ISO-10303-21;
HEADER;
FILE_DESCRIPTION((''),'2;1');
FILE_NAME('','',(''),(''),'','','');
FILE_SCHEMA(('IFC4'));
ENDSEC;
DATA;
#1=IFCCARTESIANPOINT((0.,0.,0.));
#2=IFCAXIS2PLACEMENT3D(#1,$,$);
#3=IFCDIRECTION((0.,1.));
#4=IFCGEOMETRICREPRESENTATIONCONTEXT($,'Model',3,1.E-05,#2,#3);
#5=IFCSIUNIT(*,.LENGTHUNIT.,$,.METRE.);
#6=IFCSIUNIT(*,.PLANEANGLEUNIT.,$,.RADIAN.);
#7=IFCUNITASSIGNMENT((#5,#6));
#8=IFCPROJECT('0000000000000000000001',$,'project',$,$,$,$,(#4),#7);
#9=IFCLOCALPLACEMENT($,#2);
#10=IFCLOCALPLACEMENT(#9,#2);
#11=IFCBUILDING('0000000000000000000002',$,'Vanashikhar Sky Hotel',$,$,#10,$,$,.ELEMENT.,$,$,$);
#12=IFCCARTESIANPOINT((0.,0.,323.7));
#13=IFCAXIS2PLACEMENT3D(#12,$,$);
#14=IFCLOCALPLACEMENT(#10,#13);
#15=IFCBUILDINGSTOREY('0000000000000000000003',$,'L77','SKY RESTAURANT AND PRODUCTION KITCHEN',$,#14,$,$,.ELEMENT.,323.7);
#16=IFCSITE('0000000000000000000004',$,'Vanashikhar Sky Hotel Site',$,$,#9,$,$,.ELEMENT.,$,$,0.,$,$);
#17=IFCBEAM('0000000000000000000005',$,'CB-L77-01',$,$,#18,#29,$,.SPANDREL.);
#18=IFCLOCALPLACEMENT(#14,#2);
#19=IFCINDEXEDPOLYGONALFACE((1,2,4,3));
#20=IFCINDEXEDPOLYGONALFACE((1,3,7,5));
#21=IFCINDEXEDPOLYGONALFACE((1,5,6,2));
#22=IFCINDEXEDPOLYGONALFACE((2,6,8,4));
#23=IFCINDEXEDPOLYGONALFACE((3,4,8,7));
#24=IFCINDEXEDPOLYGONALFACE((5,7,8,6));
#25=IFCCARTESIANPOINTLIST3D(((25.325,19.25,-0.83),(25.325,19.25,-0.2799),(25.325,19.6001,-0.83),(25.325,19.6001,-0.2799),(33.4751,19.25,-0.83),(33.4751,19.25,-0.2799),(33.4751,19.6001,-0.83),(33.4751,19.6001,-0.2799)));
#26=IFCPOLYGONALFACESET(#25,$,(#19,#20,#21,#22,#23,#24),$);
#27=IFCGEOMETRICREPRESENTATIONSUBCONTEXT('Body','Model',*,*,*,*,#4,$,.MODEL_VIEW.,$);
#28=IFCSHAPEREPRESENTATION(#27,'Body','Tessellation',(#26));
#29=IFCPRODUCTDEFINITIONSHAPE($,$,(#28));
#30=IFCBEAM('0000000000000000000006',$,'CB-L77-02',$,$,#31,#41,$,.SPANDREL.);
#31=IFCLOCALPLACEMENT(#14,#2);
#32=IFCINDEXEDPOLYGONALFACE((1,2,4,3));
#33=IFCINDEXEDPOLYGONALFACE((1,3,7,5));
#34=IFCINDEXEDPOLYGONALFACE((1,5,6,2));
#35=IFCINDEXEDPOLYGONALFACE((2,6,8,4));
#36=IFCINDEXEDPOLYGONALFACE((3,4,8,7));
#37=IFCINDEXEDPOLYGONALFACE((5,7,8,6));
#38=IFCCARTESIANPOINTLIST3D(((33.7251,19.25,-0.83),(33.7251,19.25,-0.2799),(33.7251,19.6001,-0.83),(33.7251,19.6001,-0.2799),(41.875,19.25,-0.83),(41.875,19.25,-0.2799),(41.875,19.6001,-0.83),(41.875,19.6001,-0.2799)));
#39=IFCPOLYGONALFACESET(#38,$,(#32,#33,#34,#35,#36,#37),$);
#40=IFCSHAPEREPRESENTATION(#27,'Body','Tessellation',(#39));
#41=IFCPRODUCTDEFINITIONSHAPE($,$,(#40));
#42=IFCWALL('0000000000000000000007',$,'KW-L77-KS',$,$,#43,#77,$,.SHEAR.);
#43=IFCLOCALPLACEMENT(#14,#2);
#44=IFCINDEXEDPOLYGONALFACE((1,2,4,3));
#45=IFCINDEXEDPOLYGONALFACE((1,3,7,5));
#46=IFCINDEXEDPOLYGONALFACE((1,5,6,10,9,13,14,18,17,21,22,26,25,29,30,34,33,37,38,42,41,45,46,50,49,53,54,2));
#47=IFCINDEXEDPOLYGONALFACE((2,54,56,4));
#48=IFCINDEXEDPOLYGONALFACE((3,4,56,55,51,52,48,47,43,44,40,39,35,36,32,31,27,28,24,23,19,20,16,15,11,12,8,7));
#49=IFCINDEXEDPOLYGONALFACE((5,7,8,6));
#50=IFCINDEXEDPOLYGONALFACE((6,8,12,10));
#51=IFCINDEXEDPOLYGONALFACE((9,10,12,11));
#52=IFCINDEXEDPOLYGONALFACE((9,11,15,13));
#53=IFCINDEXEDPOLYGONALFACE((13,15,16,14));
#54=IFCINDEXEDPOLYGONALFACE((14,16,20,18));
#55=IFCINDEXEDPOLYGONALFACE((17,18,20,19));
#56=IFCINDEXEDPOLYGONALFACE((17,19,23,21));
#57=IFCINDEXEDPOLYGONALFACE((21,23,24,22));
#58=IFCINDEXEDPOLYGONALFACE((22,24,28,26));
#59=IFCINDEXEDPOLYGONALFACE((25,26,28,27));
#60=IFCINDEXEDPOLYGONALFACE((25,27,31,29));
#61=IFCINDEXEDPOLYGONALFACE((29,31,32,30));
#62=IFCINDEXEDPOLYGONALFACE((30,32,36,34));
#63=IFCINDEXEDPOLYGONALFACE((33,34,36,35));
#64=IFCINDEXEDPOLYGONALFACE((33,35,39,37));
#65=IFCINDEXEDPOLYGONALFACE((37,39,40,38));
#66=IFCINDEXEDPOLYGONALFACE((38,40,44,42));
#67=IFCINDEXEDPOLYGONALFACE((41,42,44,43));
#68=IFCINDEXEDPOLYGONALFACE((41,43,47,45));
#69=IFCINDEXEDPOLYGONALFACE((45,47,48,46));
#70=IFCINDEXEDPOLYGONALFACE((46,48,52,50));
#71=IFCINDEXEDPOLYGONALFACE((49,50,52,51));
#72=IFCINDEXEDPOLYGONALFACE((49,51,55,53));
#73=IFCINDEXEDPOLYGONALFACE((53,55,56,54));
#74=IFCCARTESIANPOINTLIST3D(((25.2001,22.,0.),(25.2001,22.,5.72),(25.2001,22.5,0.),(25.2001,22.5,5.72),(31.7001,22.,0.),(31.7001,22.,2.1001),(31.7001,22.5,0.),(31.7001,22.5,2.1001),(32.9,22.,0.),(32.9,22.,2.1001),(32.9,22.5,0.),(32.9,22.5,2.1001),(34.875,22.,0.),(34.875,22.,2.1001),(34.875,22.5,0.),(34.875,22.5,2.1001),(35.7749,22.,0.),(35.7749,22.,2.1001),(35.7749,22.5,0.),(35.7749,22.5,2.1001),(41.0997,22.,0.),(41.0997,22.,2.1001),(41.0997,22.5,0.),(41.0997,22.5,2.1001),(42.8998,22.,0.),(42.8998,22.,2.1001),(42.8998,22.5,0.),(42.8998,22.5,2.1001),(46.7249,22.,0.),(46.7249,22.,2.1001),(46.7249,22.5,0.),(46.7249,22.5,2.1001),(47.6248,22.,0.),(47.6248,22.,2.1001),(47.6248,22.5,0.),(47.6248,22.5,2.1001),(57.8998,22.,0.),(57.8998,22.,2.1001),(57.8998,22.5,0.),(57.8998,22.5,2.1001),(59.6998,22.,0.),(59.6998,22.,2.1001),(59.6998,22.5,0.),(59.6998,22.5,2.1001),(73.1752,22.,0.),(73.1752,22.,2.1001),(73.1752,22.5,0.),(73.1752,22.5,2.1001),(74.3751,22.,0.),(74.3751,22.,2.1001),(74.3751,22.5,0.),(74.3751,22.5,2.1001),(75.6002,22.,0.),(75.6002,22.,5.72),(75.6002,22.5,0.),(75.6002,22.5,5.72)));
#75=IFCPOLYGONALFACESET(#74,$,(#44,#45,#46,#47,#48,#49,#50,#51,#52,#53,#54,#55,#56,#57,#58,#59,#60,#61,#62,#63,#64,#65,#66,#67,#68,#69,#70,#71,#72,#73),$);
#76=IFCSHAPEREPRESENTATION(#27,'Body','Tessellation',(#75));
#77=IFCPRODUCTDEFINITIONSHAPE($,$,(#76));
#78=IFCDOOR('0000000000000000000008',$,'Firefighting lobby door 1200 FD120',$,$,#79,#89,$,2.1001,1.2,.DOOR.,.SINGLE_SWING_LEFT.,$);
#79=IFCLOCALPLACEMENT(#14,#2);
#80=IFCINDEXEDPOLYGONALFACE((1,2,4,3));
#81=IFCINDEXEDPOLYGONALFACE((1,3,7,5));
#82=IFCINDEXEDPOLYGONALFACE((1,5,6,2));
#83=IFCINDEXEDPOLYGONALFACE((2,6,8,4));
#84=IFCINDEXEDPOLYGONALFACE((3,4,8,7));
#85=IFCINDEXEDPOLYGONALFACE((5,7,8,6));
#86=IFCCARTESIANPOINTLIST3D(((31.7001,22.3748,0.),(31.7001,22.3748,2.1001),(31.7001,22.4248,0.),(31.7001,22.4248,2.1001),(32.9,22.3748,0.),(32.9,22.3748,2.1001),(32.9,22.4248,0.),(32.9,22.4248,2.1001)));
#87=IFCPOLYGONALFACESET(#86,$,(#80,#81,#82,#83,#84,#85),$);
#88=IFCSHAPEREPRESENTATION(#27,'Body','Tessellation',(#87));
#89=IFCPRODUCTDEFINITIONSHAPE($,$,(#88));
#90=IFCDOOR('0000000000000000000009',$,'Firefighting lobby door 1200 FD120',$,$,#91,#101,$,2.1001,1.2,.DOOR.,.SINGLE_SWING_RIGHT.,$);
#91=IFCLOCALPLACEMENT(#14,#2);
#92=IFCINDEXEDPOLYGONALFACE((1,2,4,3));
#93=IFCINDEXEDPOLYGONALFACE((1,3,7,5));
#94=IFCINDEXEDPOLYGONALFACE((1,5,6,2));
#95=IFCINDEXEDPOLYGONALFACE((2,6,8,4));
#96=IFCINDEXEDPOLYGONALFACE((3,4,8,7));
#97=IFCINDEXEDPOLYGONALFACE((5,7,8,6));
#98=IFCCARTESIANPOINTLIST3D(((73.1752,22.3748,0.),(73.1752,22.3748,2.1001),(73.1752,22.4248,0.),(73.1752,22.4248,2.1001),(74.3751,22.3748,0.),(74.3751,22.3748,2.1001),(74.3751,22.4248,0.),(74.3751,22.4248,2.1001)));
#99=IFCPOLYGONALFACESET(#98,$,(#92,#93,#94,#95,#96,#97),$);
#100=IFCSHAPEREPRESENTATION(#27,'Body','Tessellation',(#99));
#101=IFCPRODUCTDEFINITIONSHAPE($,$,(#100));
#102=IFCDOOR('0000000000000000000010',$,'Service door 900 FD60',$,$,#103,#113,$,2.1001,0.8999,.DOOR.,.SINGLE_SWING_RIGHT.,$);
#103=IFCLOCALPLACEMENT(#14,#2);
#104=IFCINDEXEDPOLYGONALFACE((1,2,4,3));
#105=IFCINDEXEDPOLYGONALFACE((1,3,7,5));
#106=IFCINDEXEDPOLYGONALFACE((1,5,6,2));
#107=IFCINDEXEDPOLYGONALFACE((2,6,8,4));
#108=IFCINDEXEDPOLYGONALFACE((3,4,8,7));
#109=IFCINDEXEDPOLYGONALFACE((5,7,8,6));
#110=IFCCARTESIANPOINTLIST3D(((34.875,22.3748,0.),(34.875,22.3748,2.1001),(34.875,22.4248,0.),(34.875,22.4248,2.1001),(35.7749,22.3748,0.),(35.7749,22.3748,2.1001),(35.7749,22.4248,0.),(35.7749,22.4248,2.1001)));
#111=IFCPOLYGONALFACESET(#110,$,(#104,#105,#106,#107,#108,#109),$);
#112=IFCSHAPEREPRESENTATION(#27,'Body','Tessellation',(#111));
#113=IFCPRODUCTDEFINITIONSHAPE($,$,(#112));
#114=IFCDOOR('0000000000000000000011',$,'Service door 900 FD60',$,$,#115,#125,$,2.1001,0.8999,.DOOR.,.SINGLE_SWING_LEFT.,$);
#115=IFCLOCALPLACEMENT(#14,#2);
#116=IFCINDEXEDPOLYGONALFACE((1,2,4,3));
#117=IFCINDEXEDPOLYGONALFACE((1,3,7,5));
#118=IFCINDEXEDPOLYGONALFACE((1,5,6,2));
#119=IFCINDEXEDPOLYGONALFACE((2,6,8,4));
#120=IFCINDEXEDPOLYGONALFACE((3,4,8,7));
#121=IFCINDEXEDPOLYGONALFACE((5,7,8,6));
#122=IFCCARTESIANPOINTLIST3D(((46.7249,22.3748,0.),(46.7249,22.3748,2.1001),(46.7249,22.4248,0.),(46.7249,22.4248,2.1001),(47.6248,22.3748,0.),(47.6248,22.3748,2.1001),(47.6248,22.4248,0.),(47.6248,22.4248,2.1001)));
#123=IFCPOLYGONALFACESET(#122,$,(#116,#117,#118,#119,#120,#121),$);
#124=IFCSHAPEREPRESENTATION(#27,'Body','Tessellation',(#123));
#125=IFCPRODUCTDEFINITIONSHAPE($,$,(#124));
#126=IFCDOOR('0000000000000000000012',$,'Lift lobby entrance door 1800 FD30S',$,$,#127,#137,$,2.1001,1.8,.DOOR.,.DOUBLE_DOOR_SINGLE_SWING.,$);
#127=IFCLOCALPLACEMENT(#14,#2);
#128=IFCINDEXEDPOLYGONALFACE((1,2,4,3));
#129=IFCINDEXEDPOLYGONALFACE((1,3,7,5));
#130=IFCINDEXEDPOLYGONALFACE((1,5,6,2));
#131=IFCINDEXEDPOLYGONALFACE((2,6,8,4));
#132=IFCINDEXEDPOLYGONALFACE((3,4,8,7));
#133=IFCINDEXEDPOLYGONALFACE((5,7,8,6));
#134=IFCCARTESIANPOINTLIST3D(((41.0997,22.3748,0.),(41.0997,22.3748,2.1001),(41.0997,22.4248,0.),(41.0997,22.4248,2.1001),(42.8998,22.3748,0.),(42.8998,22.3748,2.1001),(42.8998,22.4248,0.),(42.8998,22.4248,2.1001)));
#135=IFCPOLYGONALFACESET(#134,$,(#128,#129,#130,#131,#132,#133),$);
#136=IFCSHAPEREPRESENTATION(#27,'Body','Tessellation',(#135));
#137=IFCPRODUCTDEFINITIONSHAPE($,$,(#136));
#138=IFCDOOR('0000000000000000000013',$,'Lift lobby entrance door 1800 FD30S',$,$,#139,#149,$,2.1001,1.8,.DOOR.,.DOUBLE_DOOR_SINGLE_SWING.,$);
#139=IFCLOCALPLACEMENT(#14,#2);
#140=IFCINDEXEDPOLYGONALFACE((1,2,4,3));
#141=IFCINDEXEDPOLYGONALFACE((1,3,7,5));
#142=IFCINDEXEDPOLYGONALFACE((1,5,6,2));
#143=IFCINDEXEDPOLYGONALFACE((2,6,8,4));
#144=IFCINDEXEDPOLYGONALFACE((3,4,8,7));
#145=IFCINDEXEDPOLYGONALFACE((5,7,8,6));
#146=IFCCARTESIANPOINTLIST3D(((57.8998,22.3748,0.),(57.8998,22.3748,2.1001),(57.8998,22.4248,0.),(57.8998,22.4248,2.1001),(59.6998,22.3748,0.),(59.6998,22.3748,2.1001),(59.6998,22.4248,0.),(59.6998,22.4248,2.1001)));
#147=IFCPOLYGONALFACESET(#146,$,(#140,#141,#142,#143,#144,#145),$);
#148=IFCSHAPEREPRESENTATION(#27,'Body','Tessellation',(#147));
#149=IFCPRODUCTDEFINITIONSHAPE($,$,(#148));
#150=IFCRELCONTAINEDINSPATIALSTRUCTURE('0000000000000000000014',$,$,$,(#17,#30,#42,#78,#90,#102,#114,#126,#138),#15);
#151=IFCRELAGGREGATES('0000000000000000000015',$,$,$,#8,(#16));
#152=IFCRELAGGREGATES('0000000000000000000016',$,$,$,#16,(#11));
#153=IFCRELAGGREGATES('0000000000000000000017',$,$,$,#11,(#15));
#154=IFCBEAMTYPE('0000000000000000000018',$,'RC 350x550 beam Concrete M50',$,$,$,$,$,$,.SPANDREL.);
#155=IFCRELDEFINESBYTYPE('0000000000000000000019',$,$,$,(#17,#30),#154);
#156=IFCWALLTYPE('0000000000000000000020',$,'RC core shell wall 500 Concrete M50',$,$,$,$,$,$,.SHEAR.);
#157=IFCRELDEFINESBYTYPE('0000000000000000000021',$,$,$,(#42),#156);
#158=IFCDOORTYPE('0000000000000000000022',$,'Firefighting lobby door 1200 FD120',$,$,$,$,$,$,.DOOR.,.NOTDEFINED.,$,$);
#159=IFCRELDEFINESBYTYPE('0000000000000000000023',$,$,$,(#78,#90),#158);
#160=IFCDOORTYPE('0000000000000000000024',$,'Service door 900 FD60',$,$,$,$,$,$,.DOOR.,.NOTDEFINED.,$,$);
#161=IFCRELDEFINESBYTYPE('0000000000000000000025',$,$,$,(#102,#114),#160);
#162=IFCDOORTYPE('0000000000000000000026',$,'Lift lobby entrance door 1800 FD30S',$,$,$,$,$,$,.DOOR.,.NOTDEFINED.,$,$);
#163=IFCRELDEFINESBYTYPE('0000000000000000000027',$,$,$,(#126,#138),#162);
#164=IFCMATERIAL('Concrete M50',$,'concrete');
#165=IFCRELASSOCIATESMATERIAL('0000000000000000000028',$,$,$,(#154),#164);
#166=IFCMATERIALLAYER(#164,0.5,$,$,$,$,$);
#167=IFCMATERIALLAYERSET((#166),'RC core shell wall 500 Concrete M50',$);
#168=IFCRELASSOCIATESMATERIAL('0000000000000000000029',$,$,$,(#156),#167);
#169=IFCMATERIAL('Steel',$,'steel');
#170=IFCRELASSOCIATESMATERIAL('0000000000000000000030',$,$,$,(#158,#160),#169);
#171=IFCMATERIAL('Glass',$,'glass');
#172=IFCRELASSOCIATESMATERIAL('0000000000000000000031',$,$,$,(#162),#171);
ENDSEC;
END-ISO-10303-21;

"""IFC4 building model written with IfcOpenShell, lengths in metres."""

from ifc_helpers import new_model, si_unit, direction, frame, frame_2d, origin, origin_2d, place, context, subcontext, project, spatial, rectangle, extrude, source, transform, mapped, material, layer, layer_set, material_profile, profile_set, type_object, element, fill, save


model = new_model("IFC4")

# Units and contexts
model_context = context("Model", 3, precision=1e-05, world=origin(), true_north=direction((0.0, 1.0)))
body_context = subcontext(model_context, "Body", "Model", "MODEL_VIEW")
ifc_project = project(units=[si_unit("LENGTHUNIT", "METRE"), si_unit("PLANEANGLEUNIT", "RADIAN")], contexts=[model_context])

# Site, building, storey
site_placement = place(None, origin())
site = spatial("IfcSite", under=ifc_project, at=site_placement, Name="Vanashikhar Sky Hotel Site", CompositionType="ELEMENT", RefElevation=0.0)
building_placement = place(site_placement, origin())
building = spatial("IfcBuilding", under=site, at=building_placement, Name="Vanashikhar Sky Hotel", CompositionType="ELEMENT")
storey_placement = place(building_placement, frame((0.0, 0.0, 323.7)))
storey = spatial("IfcBuildingStorey", under=building, at=storey_placement, Name="L77", Description="SKY RESTAURANT AND PRODUCTION KITCHEN", CompositionType="ELEMENT", Elevation=323.7)

# Beams
ifc_material_1 = material(Name="Concrete M50", Category="concrete")
ifc_material_profile = material_profile(ifc_material_1, rectangle(XDim=0.3501, YDim=0.55, at=origin_2d()))
ifc_profile_set = profile_set([ifc_material_profile], Name="RC 350x550 beam Concrete M50")
beam_type = type_object("IfcBeamType", Name="RC 350x550 beam Concrete M50", PredefinedType="SPANDREL", material=ifc_profile_set)
shared_shape_1 = source(origin(), body_context, "Body", "SweptSolid", [
    extrude(rectangle(XDim=0.3501, YDim=0.55, at=origin_2d()), origin(), (0.0, 0.0, 1.0), 8.1501),
])
beam_1_placement = place(storey_placement, frame((25.325, 19.425, -0.5549), z_axis=(1.0, 0.0, 0.0), x_axis=(0.0, 1.0, 0.0)))
element("IfcBeam", 1, at=beam_1_placement, inside=storey, type_object=beam_type, Name="CB-L77-01", PredefinedType="SPANDREL", context=body_context, shape_type="MappedRepresentation", body=[
    mapped(shared_shape_1, transform((0.0, 0.0, 0.0), scale=1.0)),
])
shared_shape_2 = source(origin(), body_context, "Body", "SweptSolid", [
    extrude(rectangle(XDim=0.3501, YDim=0.55, at=origin_2d()), origin(), (0.0, 0.0, 1.0), 8.1499),
])
beam_2_placement = place(storey_placement, frame((33.7251, 19.425, -0.5549), z_axis=(1.0, 0.0, 0.0), x_axis=(0.0, 1.0, 0.0)))
element("IfcBeam", 2, at=beam_2_placement, inside=storey, type_object=beam_type, Name="CB-L77-02", PredefinedType="SPANDREL", context=body_context, shape_type="MappedRepresentation", body=[
    mapped(shared_shape_2, transform((0.0, 0.0, 0.0), scale=1.0)),
])

# Wall, openings, doors
ifc_layer_1 = layer(ifc_material_1, 0.5)
ifc_layer_set_1 = layer_set([ifc_layer_1], Name="RC core shell wall 500 Concrete M50")
wall_type_1 = type_object("IfcWallType", Name="RC core shell wall 500 Concrete M50", PredefinedType="SHEAR", material=ifc_layer_set_1)
shared_shape_3 = source(origin(), body_context, "Body", "SweptSolid", [
    extrude(rectangle(XDim=50.4001, YDim=0.5, at=frame_2d((25.2002, 0.0))), origin(), (0.0, 0.0, 1.0), 5.72),
])
wall_1_placement = place(storey_placement, frame((25.2, 22.25, 0.0), z_axis=(0.0, 0.0, 1.0), x_axis=(1.0, 0.0, 0.0)))
wall_1 = element("IfcWall", 3, at=wall_1_placement, inside=storey, type_object=wall_type_1, Name="KW-L77-KS", PredefinedType="SHEAR", context=body_context, shape_type="MappedRepresentation", body=[
    mapped(shared_shape_3, transform((0.0, 0.0, 0.0), scale=1.0)),
])
shared_shape_4 = source(origin(), body_context, "Body", "SweptSolid", [
    extrude(rectangle(XDim=1.8, YDim=2.1001, at=frame_2d((0.8999, 1.05))), frame((0.0, 0.26, 0.0), z_axis=(0.0, -1.0, 0.0), x_axis=(1.0, 0.0, 0.0)), (0.0, 0.0, 1.0), 0.52),
])
opening_1_placement = place(wall_1_placement, frame((15.8999, 0.0, 0.0)))
opening_1 = element("IfcOpeningElement", 4, at=opening_1_placement, cuts=wall_1, PredefinedType="OPENING", context=body_context, shape_type="MappedRepresentation", body=[
    mapped(shared_shape_4, transform((0.0, 0.0, 0.0), scale=1.0)),
])
shared_shape_5 = source(origin(), body_context, "Body", "SweptSolid", [
    extrude(rectangle(XDim=0.8999, YDim=2.1001, at=frame_2d((0.45, 1.05))), frame((0.0, 0.26, 0.0), z_axis=(0.0, -1.0, 0.0), x_axis=(1.0, 0.0, 0.0)), (0.0, 0.0, 1.0), 0.52),
])
opening_2_placement = place(wall_1_placement, frame((9.675, 0.0, 0.0)))
opening_2 = element("IfcOpeningElement", 5, at=opening_2_placement, cuts=wall_1, PredefinedType="OPENING", context=body_context, shape_type="MappedRepresentation", body=[
    mapped(shared_shape_5, transform((0.0, 0.0, 0.0), scale=1.0)),
])
opening_3_placement = place(wall_1_placement, frame((21.5249, 0.0, 0.0)))
opening_3 = element("IfcOpeningElement", 6, at=opening_3_placement, cuts=wall_1, PredefinedType="OPENING", context=body_context, shape_type="MappedRepresentation", body=[
    mapped(shared_shape_5, transform((0.0, 0.0, 0.0), scale=1.0)),
])
opening_4_placement = place(wall_1_placement, frame((32.7, 0.0, 0.0)))
opening_4 = element("IfcOpeningElement", 7, at=opening_4_placement, cuts=wall_1, PredefinedType="OPENING", context=body_context, shape_type="MappedRepresentation", body=[
    mapped(shared_shape_4, transform((0.0, 0.0, 0.0), scale=1.0)),
])
shared_shape_6 = source(origin(), body_context, "Body", "SweptSolid", [
    extrude(rectangle(XDim=1.2, YDim=2.1001, at=frame_2d((0.6001, 1.05))), frame((0.0, 0.26, 0.0), z_axis=(0.0, -1.0, 0.0), x_axis=(1.0, 0.0, 0.0)), (0.0, 0.0, 1.0), 0.52),
])
opening_5_placement = place(wall_1_placement, frame((6.5, 0.0, 0.0)))
opening_5 = element("IfcOpeningElement", 8, at=opening_5_placement, cuts=wall_1, PredefinedType="OPENING", context=body_context, shape_type="MappedRepresentation", body=[
    mapped(shared_shape_6, transform((0.0, 0.0, 0.0), scale=1.0)),
])
opening_6_placement = place(wall_1_placement, frame((47.9751, 0.0, 0.0)))
opening_6 = element("IfcOpeningElement", 9, at=opening_6_placement, cuts=wall_1, PredefinedType="OPENING", context=body_context, shape_type="MappedRepresentation", body=[
    mapped(shared_shape_6, transform((0.0, 0.0, 0.0), scale=1.0)),
])
ifc_material_2 = material(Name="Steel", Category="steel")
door_type_1 = type_object("IfcDoorType", Name="Firefighting lobby door 1200 FD120", OperationType="NOTDEFINED", PredefinedType="DOOR", material=ifc_material_2)
shared_shape_7 = source(origin(), body_context, "Body", "SweptSolid", [
    extrude(rectangle(XDim=1.2, YDim=2.1001, at=frame_2d((0.6001, 1.05))), frame((0.0, 0.1748, 0.0), z_axis=(0.0, -1.0, 0.0), x_axis=(1.0, 0.0, 0.0)), (0.0, 0.0, 1.0), 0.05),
])
door_1_placement = place(opening_5_placement, origin())
door_1 = element("IfcDoor", 10, at=door_1_placement, inside=storey, type_object=door_type_1, Name="Firefighting lobby door 1200 FD120", OperationType="SINGLE_SWING_LEFT", OverallHeight=2.1001, OverallWidth=1.2, PredefinedType="DOOR", context=body_context, shape_type="MappedRepresentation", body=[
    mapped(shared_shape_7, transform((0.0, 0.0, 0.0), scale=1.0)),
])
fill(opening_5, door_1)
door_2_placement = place(opening_6_placement, origin())
door_2 = element("IfcDoor", 11, at=door_2_placement, inside=storey, type_object=door_type_1, Name="Firefighting lobby door 1200 FD120", OperationType="SINGLE_SWING_RIGHT", OverallHeight=2.1001, OverallWidth=1.2, PredefinedType="DOOR", context=body_context, shape_type="MappedRepresentation", body=[
    mapped(shared_shape_7, transform((0.0, 0.0, 0.0), scale=1.0)),
])
fill(opening_6, door_2)
door_type_2 = type_object("IfcDoorType", Name="Service door 900 FD60", OperationType="NOTDEFINED", PredefinedType="DOOR", material=ifc_material_2)
shared_shape_8 = source(origin(), body_context, "Body", "SweptSolid", [
    extrude(rectangle(XDim=0.8999, YDim=2.1001, at=frame_2d((0.45, 1.05))), frame((0.0, 0.1748, 0.0), z_axis=(0.0, -1.0, 0.0), x_axis=(1.0, 0.0, 0.0)), (0.0, 0.0, 1.0), 0.05),
])
door_3_placement = place(opening_2_placement, origin())
door_3 = element("IfcDoor", 12, at=door_3_placement, inside=storey, type_object=door_type_2, Name="Service door 900 FD60", OperationType="SINGLE_SWING_RIGHT", OverallHeight=2.1001, OverallWidth=0.8999, PredefinedType="DOOR", context=body_context, shape_type="MappedRepresentation", body=[
    mapped(shared_shape_8, transform((0.0, 0.0, 0.0), scale=1.0)),
])
fill(opening_2, door_3)
door_4_placement = place(opening_3_placement, origin())
door_4 = element("IfcDoor", 13, at=door_4_placement, inside=storey, type_object=door_type_2, Name="Service door 900 FD60", OperationType="SINGLE_SWING_LEFT", OverallHeight=2.1001, OverallWidth=0.8999, PredefinedType="DOOR", context=body_context, shape_type="MappedRepresentation", body=[
    mapped(shared_shape_8, transform((0.0, 0.0, 0.0), scale=1.0)),
])
fill(opening_3, door_4)
ifc_material_3 = material(Name="Glass", Category="glass")
door_type_3 = type_object("IfcDoorType", Name="Lift lobby entrance door 1800 FD30S", OperationType="NOTDEFINED", PredefinedType="DOOR", material=ifc_material_3)
shared_shape_9 = source(origin(), body_context, "Body", "SweptSolid", [
    extrude(rectangle(XDim=1.8, YDim=2.1001, at=frame_2d((0.8999, 1.05))), frame((0.0, 0.1748, 0.0), z_axis=(0.0, -1.0, 0.0), x_axis=(1.0, 0.0, 0.0)), (0.0, 0.0, 1.0), 0.05),
])
door_5_placement = place(opening_1_placement, origin())
door_5 = element("IfcDoor", 14, at=door_5_placement, inside=storey, type_object=door_type_3, Name="Lift lobby entrance door 1800 FD30S", OperationType="DOUBLE_DOOR_SINGLE_SWING", OverallHeight=2.1001, OverallWidth=1.8, PredefinedType="DOOR", context=body_context, shape_type="MappedRepresentation", body=[
    mapped(shared_shape_9, transform((0.0, 0.0, 0.0), scale=1.0)),
])
fill(opening_1, door_5)
door_6_placement = place(opening_4_placement, origin())
door_6 = element("IfcDoor", 15, at=door_6_placement, inside=storey, type_object=door_type_3, Name="Lift lobby entrance door 1800 FD30S", OperationType="DOUBLE_DOOR_SINGLE_SWING", OverallHeight=2.1001, OverallWidth=1.8, PredefinedType="DOOR", context=body_context, shape_type="MappedRepresentation", body=[
    mapped(shared_shape_9, transform((0.0, 0.0, 0.0), scale=1.0)),
])
fill(opening_4, door_6)

save(model, "model.ifc")
